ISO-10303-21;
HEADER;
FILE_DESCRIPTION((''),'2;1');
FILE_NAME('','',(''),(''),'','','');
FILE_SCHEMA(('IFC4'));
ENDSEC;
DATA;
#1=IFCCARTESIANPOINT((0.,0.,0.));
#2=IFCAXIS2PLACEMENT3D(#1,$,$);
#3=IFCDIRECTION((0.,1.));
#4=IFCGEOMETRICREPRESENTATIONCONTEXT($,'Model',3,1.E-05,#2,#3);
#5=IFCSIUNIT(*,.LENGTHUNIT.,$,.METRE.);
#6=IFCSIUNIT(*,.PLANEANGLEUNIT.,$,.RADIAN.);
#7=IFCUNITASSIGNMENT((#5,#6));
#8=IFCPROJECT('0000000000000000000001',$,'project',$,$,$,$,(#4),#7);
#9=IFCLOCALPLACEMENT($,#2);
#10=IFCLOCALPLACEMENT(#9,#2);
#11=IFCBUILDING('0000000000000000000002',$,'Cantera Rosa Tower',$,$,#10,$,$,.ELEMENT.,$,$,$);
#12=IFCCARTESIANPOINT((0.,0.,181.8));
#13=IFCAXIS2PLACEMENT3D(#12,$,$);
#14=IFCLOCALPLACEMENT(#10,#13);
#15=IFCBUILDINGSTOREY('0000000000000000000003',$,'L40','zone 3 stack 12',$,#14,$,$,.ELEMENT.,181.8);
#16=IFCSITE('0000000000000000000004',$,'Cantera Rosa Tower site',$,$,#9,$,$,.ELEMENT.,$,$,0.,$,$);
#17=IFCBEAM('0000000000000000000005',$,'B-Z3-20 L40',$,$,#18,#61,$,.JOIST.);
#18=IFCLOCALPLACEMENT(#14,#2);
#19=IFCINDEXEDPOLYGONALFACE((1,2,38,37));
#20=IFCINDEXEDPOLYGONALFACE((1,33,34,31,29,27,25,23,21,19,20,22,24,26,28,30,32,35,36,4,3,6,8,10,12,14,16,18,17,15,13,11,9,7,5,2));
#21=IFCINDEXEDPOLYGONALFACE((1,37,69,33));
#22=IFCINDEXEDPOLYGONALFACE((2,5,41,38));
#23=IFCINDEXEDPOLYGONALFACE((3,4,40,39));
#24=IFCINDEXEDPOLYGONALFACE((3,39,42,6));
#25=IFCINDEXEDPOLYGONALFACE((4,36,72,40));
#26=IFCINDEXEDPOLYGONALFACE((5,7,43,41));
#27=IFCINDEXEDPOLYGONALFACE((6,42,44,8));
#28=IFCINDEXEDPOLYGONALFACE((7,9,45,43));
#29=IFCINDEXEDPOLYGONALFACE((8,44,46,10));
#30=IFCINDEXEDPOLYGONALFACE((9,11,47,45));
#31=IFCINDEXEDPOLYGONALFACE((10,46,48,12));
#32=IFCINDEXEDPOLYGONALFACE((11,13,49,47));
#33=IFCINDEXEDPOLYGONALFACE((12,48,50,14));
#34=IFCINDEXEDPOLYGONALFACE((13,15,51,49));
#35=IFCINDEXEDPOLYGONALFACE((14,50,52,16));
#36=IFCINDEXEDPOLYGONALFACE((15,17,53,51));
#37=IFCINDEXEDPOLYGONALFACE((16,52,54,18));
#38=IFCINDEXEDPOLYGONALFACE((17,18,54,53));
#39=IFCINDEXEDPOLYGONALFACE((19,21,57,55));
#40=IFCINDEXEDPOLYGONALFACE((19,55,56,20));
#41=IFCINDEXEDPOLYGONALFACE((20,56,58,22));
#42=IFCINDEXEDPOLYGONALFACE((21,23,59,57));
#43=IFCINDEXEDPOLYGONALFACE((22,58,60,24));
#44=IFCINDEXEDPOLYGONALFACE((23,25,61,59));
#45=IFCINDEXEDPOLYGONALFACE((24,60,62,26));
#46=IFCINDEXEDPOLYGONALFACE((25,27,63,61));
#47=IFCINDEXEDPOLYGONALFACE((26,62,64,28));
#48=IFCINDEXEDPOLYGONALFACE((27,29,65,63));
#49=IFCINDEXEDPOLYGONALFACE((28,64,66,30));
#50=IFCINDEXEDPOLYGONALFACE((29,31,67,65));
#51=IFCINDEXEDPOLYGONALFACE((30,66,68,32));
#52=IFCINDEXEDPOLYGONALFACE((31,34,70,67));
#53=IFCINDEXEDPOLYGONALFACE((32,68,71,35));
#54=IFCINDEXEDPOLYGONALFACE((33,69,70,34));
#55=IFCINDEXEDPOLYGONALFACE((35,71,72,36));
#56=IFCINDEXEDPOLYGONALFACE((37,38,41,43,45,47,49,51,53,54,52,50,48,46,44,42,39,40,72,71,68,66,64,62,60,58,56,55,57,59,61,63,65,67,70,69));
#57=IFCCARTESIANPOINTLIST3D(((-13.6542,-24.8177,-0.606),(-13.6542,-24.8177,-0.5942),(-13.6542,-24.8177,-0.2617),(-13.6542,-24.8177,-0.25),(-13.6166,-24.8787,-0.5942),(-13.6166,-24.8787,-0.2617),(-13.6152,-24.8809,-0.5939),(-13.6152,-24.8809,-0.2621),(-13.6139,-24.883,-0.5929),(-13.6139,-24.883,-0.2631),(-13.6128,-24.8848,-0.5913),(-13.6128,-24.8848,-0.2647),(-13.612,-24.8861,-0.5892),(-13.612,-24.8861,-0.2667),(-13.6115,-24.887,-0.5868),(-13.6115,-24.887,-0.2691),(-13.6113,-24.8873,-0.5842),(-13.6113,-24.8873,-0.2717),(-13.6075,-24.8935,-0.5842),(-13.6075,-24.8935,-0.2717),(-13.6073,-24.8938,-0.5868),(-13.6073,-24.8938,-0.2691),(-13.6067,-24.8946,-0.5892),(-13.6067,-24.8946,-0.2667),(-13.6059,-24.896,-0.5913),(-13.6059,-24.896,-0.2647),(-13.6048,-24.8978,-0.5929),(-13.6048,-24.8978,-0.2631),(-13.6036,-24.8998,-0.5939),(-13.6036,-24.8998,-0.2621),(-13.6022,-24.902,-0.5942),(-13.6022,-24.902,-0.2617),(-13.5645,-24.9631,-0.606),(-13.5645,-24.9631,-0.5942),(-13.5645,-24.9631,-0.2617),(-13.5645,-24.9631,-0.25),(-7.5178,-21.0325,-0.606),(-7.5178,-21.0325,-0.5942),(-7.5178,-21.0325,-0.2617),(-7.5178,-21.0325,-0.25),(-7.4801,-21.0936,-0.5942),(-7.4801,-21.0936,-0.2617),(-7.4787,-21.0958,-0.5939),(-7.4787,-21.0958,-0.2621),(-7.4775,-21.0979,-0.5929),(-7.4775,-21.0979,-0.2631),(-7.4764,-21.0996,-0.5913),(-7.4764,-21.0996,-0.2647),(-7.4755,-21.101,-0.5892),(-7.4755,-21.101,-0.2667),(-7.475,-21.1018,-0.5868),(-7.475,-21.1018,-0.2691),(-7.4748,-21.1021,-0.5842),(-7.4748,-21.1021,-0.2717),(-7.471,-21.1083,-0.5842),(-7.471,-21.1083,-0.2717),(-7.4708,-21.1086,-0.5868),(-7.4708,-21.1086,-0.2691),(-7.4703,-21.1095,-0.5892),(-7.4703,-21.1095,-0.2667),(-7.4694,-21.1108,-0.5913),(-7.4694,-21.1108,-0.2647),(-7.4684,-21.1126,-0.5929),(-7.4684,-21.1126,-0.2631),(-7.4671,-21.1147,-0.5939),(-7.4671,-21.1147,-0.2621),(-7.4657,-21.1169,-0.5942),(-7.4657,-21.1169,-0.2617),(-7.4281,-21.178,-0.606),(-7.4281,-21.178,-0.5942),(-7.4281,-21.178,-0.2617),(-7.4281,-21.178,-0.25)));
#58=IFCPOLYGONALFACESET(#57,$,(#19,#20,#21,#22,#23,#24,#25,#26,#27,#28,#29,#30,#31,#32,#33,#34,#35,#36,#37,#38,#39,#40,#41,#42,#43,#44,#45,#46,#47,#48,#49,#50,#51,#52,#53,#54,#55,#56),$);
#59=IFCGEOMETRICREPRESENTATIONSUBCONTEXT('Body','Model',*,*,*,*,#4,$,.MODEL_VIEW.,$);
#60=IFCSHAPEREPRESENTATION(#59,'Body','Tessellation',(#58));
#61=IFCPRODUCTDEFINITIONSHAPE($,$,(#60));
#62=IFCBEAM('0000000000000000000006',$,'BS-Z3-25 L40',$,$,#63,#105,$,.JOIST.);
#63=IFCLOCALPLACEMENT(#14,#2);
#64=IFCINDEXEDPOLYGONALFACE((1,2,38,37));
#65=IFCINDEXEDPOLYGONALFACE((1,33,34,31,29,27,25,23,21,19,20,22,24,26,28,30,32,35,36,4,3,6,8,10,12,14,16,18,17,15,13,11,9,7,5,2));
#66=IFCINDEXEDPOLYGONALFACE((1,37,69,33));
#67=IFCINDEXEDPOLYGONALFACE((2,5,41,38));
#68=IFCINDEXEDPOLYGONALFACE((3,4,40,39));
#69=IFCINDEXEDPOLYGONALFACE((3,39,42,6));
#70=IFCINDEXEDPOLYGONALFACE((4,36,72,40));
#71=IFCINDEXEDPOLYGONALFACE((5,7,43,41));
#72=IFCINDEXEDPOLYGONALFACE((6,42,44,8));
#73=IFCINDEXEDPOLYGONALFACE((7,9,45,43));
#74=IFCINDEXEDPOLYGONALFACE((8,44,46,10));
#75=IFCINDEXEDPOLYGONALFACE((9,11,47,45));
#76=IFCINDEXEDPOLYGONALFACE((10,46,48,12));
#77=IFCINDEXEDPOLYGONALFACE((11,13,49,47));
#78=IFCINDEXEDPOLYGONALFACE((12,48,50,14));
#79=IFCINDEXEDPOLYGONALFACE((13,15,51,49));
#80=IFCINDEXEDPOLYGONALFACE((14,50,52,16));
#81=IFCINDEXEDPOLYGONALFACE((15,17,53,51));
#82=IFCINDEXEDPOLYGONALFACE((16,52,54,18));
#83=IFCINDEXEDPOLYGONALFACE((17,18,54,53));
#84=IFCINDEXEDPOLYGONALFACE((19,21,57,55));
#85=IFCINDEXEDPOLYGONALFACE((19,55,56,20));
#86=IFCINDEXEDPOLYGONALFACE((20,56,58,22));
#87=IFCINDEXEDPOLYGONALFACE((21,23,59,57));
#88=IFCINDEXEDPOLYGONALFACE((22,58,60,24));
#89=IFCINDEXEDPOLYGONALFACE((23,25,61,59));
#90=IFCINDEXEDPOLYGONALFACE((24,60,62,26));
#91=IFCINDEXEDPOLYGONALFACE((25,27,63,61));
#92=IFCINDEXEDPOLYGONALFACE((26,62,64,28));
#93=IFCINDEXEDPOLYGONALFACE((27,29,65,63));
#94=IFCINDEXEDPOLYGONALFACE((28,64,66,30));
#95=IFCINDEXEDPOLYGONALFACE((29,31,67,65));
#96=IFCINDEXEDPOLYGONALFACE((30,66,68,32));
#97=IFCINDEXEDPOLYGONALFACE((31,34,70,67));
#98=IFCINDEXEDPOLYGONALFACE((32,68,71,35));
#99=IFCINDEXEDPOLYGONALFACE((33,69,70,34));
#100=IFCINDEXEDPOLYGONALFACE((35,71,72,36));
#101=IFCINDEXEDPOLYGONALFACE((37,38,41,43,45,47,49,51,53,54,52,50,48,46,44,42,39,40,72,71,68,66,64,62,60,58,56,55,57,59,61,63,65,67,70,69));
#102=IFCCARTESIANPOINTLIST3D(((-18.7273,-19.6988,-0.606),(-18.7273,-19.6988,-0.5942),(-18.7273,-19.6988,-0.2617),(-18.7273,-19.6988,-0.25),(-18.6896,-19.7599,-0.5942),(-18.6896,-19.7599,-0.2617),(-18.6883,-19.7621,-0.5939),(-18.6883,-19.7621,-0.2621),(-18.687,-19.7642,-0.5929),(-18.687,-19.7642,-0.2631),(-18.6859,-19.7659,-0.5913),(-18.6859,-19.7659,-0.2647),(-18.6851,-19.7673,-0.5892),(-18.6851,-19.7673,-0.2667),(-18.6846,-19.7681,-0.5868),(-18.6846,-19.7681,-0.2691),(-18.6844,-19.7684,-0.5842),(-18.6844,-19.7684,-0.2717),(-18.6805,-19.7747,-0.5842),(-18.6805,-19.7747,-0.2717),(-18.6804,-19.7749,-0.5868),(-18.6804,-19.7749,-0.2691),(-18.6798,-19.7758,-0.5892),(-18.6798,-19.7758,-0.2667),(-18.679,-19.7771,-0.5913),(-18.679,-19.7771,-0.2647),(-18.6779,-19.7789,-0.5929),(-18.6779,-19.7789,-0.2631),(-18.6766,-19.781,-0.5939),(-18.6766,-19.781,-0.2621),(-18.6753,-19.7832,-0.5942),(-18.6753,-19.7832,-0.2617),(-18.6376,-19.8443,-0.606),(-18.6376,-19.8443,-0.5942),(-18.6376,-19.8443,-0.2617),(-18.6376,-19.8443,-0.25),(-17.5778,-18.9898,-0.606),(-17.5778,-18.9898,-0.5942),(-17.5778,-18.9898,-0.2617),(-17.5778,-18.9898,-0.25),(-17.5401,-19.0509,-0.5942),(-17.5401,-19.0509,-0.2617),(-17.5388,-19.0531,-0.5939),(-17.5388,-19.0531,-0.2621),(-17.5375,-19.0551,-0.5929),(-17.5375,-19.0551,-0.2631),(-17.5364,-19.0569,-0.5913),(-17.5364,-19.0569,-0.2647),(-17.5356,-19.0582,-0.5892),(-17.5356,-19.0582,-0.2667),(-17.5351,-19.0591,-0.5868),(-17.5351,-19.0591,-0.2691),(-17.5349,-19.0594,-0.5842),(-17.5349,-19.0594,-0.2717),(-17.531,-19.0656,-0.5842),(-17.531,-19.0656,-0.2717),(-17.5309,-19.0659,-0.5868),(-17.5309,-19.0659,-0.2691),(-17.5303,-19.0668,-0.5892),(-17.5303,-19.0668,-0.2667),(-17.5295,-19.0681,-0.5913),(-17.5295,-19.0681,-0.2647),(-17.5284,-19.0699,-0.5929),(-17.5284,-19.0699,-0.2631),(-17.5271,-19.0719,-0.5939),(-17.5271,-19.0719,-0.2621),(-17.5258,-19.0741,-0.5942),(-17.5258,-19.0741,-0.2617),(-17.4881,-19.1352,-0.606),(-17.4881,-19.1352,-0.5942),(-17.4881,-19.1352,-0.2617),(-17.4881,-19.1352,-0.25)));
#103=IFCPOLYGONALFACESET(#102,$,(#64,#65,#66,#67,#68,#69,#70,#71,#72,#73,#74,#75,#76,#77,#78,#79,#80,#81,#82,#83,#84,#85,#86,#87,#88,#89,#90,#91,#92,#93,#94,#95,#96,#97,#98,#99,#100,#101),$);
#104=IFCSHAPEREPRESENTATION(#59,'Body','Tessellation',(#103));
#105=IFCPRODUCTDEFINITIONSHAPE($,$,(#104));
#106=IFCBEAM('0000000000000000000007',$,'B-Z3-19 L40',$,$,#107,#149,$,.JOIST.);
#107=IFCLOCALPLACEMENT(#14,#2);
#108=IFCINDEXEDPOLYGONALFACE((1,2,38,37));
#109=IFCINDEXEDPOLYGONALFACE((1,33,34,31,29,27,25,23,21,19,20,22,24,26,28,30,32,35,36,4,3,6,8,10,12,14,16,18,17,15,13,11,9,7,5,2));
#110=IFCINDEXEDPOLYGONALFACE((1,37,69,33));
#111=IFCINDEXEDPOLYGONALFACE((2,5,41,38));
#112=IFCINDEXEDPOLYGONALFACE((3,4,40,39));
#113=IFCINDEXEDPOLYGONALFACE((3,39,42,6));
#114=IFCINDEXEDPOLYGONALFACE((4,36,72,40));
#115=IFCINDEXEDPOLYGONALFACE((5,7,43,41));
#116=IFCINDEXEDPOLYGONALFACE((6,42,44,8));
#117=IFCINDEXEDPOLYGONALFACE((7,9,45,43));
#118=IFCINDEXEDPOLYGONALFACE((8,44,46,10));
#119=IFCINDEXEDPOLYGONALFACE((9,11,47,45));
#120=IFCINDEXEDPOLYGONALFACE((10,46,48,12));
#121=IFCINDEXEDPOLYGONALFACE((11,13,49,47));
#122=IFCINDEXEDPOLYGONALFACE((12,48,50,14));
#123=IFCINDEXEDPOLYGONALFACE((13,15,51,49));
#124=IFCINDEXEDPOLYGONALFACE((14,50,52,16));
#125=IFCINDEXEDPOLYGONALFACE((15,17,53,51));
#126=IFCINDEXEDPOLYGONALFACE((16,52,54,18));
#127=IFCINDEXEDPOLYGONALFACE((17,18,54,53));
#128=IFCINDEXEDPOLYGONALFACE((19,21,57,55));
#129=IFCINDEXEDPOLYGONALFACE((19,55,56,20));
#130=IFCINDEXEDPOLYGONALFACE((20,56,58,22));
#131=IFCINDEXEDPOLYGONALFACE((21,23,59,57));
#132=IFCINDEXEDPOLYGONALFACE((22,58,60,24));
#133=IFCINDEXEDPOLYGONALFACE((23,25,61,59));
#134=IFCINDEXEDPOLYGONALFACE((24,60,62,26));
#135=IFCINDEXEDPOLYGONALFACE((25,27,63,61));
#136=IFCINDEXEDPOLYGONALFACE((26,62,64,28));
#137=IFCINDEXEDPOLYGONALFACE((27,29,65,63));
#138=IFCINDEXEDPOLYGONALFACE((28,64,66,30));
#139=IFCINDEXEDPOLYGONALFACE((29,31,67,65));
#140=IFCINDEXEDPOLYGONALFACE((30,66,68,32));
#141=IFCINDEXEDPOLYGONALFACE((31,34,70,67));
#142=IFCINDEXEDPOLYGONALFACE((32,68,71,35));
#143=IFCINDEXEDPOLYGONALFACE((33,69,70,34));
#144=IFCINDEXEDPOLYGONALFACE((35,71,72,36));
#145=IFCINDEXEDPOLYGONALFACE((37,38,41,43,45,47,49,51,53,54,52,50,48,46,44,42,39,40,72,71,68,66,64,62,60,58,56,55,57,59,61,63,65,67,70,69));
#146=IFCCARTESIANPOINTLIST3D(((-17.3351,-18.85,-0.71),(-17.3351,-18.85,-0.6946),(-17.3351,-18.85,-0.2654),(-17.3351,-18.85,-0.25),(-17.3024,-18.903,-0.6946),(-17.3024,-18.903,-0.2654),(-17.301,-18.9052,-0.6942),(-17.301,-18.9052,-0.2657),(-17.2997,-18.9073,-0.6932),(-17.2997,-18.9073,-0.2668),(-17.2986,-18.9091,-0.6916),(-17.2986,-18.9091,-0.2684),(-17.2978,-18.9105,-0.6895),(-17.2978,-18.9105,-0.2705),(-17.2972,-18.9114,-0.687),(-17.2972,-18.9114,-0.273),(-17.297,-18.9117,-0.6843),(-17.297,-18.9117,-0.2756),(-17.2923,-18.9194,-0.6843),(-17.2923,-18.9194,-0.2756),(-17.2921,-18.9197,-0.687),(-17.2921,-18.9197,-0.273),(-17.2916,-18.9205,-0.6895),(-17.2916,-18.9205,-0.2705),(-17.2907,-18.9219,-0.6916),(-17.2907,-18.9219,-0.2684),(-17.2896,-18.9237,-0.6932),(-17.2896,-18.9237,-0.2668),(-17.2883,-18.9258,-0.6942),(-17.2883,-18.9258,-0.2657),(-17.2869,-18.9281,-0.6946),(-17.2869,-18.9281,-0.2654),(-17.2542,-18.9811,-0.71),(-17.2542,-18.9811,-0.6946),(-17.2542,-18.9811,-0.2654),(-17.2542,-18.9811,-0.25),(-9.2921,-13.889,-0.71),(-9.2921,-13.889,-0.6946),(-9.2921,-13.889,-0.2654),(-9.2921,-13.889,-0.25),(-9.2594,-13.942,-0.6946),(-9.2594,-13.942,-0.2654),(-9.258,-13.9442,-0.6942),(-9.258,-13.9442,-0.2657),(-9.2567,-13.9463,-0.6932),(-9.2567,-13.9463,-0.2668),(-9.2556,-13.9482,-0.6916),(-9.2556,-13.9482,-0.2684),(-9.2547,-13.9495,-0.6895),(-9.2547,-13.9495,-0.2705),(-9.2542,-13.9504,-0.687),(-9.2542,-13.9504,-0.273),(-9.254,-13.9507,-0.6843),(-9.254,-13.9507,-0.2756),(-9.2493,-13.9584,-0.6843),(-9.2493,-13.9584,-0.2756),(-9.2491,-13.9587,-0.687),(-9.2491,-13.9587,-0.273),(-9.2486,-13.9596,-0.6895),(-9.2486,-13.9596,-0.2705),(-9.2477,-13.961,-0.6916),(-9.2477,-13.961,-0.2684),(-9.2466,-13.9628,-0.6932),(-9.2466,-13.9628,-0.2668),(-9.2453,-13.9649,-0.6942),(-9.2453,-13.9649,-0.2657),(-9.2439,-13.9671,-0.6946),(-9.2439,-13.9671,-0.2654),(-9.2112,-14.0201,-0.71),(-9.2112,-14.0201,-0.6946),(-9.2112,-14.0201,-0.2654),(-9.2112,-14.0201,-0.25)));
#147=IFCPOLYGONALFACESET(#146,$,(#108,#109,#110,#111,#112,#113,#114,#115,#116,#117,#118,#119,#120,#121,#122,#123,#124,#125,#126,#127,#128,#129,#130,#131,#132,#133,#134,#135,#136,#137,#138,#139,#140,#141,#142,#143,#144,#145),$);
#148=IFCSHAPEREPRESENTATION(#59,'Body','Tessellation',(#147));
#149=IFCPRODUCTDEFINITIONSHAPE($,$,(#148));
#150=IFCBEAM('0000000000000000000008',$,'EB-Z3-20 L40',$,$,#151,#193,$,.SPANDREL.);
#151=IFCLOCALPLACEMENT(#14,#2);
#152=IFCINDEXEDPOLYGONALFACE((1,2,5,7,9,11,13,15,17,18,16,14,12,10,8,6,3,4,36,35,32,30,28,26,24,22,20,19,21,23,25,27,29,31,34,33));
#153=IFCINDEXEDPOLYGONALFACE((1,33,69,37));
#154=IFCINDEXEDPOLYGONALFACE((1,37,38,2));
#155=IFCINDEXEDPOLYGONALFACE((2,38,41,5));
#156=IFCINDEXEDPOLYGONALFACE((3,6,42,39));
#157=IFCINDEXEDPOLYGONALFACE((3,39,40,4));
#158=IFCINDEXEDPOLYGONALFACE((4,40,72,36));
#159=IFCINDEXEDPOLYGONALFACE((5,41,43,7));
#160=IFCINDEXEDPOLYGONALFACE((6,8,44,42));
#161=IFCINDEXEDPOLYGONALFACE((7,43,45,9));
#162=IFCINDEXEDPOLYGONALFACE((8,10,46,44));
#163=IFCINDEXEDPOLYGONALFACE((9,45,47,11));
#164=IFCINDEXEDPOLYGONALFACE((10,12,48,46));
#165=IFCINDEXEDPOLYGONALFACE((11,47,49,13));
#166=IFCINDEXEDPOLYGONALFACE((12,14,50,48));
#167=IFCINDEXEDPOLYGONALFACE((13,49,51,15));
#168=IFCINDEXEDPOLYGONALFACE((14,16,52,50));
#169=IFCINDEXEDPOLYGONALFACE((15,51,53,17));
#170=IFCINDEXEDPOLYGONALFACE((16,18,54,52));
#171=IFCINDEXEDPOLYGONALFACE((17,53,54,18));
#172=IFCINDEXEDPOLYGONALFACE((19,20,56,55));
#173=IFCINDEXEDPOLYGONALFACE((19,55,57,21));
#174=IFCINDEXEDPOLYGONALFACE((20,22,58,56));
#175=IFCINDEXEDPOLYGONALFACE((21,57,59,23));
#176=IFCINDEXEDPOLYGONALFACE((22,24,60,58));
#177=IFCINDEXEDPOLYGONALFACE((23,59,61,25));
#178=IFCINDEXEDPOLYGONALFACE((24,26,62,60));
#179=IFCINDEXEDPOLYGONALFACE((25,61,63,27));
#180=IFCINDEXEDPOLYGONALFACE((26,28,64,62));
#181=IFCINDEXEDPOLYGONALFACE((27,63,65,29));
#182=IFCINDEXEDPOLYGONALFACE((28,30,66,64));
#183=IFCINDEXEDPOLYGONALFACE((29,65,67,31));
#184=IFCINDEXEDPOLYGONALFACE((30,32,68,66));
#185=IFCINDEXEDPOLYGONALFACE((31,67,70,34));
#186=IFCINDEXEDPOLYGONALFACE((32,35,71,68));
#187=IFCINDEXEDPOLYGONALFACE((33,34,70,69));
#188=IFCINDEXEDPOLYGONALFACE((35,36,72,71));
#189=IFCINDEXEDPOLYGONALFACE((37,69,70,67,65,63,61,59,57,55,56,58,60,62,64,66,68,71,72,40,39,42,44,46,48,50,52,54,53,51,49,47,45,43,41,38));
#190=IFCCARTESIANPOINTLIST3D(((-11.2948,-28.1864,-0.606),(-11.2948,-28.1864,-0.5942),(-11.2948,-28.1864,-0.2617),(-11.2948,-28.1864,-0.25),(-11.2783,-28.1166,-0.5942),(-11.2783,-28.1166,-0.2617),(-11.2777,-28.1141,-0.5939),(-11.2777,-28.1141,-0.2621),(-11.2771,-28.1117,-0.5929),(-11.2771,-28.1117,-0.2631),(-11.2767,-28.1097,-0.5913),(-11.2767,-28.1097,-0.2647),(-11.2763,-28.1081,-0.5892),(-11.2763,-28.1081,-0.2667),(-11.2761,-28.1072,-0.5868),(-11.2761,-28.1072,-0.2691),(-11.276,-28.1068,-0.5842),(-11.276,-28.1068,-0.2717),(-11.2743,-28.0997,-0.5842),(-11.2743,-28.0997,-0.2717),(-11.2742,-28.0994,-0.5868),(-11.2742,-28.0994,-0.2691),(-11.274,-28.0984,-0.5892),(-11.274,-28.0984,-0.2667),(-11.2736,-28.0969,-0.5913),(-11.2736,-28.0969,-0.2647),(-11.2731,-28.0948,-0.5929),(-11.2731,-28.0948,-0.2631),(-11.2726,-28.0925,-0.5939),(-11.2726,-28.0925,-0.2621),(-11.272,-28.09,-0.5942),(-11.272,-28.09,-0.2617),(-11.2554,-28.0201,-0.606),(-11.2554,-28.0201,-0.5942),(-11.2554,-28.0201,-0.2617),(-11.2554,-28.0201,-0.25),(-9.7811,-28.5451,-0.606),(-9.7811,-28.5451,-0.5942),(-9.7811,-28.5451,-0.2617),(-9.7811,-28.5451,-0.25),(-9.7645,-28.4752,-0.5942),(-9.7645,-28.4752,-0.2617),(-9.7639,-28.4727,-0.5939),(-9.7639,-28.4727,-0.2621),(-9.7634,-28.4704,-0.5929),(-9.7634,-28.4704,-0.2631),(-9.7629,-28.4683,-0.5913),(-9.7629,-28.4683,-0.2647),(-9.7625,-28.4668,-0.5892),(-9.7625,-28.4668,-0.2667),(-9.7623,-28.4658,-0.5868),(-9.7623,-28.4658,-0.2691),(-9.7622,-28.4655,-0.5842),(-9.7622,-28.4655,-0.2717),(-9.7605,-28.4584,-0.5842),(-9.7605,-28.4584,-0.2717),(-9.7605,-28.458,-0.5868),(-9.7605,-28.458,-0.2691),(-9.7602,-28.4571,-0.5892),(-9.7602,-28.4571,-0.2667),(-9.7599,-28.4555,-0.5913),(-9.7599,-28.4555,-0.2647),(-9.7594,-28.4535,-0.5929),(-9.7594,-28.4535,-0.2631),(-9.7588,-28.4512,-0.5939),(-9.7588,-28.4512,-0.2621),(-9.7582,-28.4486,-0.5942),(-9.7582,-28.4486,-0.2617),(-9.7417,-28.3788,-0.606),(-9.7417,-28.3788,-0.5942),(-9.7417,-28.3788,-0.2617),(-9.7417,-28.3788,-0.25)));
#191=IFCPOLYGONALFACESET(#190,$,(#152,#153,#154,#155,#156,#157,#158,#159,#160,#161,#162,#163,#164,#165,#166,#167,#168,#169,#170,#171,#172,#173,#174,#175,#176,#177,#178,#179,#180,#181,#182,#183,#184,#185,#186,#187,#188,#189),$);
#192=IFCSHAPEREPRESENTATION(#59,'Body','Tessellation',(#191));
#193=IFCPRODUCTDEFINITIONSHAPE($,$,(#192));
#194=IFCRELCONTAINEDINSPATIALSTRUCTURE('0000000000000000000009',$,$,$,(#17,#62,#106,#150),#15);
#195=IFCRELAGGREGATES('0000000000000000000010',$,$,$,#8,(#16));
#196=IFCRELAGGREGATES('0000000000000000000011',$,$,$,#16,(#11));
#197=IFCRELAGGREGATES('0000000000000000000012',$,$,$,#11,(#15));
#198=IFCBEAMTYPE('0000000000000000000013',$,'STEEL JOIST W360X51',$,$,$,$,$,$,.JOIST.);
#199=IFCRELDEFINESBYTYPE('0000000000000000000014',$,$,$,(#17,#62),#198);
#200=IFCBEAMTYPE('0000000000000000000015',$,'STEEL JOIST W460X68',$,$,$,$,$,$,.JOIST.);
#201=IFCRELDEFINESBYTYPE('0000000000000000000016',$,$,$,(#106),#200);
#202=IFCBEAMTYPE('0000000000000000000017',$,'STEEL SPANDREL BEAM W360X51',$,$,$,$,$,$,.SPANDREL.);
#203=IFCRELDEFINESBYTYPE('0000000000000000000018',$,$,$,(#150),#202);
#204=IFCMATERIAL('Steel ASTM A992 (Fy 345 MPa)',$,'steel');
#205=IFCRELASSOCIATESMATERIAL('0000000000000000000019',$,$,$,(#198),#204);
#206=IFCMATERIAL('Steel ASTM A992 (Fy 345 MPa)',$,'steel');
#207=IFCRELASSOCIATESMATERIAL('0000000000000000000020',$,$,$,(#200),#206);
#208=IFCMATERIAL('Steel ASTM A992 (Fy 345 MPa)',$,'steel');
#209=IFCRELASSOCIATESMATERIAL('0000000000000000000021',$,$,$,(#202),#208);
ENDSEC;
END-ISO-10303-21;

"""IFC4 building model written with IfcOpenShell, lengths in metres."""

from ifc_helpers import new_model, si_unit, direction, frame, origin, origin_2d, place, context, subcontext, project, spatial, i_section, extrude, material, material_profile, profile_set, type_object, element, save


model = new_model("IFC4")

# Units and contexts
model_context = context("Model", 3, precision=1e-05, world=origin(), true_north=direction((0.0, 1.0)))
body_context = subcontext(model_context, "Body", "Model", "MODEL_VIEW")
ifc_project = project(units=[si_unit("LENGTHUNIT", "METRE"), si_unit("PLANEANGLEUNIT", "RADIAN")], contexts=[model_context])

# Site, building, storey
site_placement = place(None, origin())
site = spatial("IfcSite", under=ifc_project, at=site_placement, Name="Cantera Rosa Tower site", CompositionType="ELEMENT", RefElevation=0.0)
building_placement = place(site_placement, origin())
building = spatial("IfcBuilding", under=site, at=building_placement, Name="Cantera Rosa Tower", CompositionType="ELEMENT")
storey_placement = place(building_placement, frame((0.0, 0.0, 181.8)))
storey = spatial("IfcBuildingStorey", under=building, at=storey_placement, Name="L40", Description="zone 3 stack 12", CompositionType="ELEMENT", Elevation=181.8)

# Beams
ifc_material_1 = material(Name="Steel ASTM A992 (Fy 345 MPa)", Category="steel")
ifc_material_profile_1 = material_profile(ifc_material_1, i_section(OverallWidth=0.1709, OverallDepth=0.356, WebThickness=0.0073, FlangeThickness=0.0117, FilletRadius=0.01, at=origin_2d()), Name="W360X51")
ifc_profile_set_1 = profile_set([ifc_material_profile_1], Name="Steel ASTM A992 (Fy 345 MPa)")
beam_type_1 = type_object("IfcBeamType", Name="STEEL JOIST W360X51", PredefinedType="JOIST", material=ifc_profile_set_1)
beam_1_placement = place(storey_placement, frame((-13.6094, -24.8904, -0.428), z_axis=(0.851109, 0.524989, 0.0), x_axis=(-0.524989, 0.851109, 0.0)))
element("IfcBeam", 1, at=beam_1_placement, inside=storey, type_object=beam_type_1, Name="B-Z3-20 L40", PredefinedType="JOIST", context=body_context, shape_type="SweptSolid", body=[
    extrude(i_section(OverallWidth=0.1709, OverallDepth=0.356, WebThickness=0.0073, FlangeThickness=0.0117, FilletRadius=0.01, at=origin_2d()), origin(), (0.0, 0.0, 1.0), 7.21),
])
beam_2_placement = place(storey_placement, frame((-17.533, -19.0625, -0.428), z_axis=(-0.851112, -0.524985, 0.0), x_axis=(0.524985, -0.851112, 0.0)))
element("IfcBeam", 2, at=beam_2_placement, inside=storey, type_object=beam_type_1, Name="BS-Z3-25 L40", PredefinedType="JOIST", context=body_context, shape_type="SweptSolid", body=[
    extrude(i_section(OverallWidth=0.1709, OverallDepth=0.356, WebThickness=0.0073, FlangeThickness=0.0117, FilletRadius=0.01, at=origin_2d()), origin(), (0.0, 0.0, 1.0), 1.3506),
])
ifc_material_2 = material(Name="Steel ASTM A992 (Fy 345 MPa)", Category="steel")
ifc_material_profile_2 = material_profile(ifc_material_2, i_section(OverallWidth=0.1541, OverallDepth=0.46, WebThickness=0.009, FlangeThickness=0.0154, FilletRadius=0.0103, at=origin_2d()), Name="W460X68")
ifc_profile_set_2 = profile_set([ifc_material_profile_2], Name="Steel ASTM A992 (Fy 345 MPa)")
beam_type_2 = type_object("IfcBeamType", Name="STEEL JOIST W460X68", PredefinedType="JOIST", material=ifc_profile_set_2)
beam_3_placement = place(storey_placement, frame((-17.2947, -18.9155, -0.48), z_axis=(0.851119, 0.524974, 0.0), x_axis=(-0.524974, 0.851119, 0.0)))
element("IfcBeam", 3, at=beam_3_placement, inside=storey, type_object=beam_type_2, Name="B-Z3-19 L40", PredefinedType="JOIST", context=body_context, shape_type="SweptSolid", body=[
    extrude(i_section(OverallWidth=0.1541, OverallDepth=0.46, WebThickness=0.009, FlangeThickness=0.0154, FilletRadius=0.0103, at=origin_2d()), origin(), (0.0, 0.0, 1.0), 9.45),
])
ifc_material_3 = material(Name="Steel ASTM A992 (Fy 345 MPa)", Category="steel")
ifc_material_profile_3 = material_profile(ifc_material_3, i_section(OverallWidth=0.1709, OverallDepth=0.356, WebThickness=0.0073, FlangeThickness=0.0117, FilletRadius=0.01, at=origin_2d()), Name="W360X51")
ifc_profile_set_3 = profile_set([ifc_material_profile_3], Name="Steel ASTM A992 (Fy 345 MPa)")
beam_type_3 = type_object("IfcBeamType", Name="STEEL SPANDREL BEAM W360X51", PredefinedType="SPANDREL", material=ifc_profile_set_3)
beam_4_placement = place(storey_placement, frame((-11.2751, -28.1033, -0.428), z_axis=(0.97306, -0.230552, 0.0), x_axis=(0.230552, 0.97306, 0.0)))
element("IfcBeam", 4, at=beam_4_placement, inside=storey, type_object=beam_type_3, Name="EB-Z3-20 L40", PredefinedType="SPANDREL", context=body_context, shape_type="SweptSolid", body=[
    extrude(i_section(OverallWidth=0.1709, OverallDepth=0.356, WebThickness=0.0073, FlangeThickness=0.0117, FilletRadius=0.01, at=origin_2d()), origin(), (0.0, 0.0, 1.0), 1.5557),
])

save(model, "model.ifc")
